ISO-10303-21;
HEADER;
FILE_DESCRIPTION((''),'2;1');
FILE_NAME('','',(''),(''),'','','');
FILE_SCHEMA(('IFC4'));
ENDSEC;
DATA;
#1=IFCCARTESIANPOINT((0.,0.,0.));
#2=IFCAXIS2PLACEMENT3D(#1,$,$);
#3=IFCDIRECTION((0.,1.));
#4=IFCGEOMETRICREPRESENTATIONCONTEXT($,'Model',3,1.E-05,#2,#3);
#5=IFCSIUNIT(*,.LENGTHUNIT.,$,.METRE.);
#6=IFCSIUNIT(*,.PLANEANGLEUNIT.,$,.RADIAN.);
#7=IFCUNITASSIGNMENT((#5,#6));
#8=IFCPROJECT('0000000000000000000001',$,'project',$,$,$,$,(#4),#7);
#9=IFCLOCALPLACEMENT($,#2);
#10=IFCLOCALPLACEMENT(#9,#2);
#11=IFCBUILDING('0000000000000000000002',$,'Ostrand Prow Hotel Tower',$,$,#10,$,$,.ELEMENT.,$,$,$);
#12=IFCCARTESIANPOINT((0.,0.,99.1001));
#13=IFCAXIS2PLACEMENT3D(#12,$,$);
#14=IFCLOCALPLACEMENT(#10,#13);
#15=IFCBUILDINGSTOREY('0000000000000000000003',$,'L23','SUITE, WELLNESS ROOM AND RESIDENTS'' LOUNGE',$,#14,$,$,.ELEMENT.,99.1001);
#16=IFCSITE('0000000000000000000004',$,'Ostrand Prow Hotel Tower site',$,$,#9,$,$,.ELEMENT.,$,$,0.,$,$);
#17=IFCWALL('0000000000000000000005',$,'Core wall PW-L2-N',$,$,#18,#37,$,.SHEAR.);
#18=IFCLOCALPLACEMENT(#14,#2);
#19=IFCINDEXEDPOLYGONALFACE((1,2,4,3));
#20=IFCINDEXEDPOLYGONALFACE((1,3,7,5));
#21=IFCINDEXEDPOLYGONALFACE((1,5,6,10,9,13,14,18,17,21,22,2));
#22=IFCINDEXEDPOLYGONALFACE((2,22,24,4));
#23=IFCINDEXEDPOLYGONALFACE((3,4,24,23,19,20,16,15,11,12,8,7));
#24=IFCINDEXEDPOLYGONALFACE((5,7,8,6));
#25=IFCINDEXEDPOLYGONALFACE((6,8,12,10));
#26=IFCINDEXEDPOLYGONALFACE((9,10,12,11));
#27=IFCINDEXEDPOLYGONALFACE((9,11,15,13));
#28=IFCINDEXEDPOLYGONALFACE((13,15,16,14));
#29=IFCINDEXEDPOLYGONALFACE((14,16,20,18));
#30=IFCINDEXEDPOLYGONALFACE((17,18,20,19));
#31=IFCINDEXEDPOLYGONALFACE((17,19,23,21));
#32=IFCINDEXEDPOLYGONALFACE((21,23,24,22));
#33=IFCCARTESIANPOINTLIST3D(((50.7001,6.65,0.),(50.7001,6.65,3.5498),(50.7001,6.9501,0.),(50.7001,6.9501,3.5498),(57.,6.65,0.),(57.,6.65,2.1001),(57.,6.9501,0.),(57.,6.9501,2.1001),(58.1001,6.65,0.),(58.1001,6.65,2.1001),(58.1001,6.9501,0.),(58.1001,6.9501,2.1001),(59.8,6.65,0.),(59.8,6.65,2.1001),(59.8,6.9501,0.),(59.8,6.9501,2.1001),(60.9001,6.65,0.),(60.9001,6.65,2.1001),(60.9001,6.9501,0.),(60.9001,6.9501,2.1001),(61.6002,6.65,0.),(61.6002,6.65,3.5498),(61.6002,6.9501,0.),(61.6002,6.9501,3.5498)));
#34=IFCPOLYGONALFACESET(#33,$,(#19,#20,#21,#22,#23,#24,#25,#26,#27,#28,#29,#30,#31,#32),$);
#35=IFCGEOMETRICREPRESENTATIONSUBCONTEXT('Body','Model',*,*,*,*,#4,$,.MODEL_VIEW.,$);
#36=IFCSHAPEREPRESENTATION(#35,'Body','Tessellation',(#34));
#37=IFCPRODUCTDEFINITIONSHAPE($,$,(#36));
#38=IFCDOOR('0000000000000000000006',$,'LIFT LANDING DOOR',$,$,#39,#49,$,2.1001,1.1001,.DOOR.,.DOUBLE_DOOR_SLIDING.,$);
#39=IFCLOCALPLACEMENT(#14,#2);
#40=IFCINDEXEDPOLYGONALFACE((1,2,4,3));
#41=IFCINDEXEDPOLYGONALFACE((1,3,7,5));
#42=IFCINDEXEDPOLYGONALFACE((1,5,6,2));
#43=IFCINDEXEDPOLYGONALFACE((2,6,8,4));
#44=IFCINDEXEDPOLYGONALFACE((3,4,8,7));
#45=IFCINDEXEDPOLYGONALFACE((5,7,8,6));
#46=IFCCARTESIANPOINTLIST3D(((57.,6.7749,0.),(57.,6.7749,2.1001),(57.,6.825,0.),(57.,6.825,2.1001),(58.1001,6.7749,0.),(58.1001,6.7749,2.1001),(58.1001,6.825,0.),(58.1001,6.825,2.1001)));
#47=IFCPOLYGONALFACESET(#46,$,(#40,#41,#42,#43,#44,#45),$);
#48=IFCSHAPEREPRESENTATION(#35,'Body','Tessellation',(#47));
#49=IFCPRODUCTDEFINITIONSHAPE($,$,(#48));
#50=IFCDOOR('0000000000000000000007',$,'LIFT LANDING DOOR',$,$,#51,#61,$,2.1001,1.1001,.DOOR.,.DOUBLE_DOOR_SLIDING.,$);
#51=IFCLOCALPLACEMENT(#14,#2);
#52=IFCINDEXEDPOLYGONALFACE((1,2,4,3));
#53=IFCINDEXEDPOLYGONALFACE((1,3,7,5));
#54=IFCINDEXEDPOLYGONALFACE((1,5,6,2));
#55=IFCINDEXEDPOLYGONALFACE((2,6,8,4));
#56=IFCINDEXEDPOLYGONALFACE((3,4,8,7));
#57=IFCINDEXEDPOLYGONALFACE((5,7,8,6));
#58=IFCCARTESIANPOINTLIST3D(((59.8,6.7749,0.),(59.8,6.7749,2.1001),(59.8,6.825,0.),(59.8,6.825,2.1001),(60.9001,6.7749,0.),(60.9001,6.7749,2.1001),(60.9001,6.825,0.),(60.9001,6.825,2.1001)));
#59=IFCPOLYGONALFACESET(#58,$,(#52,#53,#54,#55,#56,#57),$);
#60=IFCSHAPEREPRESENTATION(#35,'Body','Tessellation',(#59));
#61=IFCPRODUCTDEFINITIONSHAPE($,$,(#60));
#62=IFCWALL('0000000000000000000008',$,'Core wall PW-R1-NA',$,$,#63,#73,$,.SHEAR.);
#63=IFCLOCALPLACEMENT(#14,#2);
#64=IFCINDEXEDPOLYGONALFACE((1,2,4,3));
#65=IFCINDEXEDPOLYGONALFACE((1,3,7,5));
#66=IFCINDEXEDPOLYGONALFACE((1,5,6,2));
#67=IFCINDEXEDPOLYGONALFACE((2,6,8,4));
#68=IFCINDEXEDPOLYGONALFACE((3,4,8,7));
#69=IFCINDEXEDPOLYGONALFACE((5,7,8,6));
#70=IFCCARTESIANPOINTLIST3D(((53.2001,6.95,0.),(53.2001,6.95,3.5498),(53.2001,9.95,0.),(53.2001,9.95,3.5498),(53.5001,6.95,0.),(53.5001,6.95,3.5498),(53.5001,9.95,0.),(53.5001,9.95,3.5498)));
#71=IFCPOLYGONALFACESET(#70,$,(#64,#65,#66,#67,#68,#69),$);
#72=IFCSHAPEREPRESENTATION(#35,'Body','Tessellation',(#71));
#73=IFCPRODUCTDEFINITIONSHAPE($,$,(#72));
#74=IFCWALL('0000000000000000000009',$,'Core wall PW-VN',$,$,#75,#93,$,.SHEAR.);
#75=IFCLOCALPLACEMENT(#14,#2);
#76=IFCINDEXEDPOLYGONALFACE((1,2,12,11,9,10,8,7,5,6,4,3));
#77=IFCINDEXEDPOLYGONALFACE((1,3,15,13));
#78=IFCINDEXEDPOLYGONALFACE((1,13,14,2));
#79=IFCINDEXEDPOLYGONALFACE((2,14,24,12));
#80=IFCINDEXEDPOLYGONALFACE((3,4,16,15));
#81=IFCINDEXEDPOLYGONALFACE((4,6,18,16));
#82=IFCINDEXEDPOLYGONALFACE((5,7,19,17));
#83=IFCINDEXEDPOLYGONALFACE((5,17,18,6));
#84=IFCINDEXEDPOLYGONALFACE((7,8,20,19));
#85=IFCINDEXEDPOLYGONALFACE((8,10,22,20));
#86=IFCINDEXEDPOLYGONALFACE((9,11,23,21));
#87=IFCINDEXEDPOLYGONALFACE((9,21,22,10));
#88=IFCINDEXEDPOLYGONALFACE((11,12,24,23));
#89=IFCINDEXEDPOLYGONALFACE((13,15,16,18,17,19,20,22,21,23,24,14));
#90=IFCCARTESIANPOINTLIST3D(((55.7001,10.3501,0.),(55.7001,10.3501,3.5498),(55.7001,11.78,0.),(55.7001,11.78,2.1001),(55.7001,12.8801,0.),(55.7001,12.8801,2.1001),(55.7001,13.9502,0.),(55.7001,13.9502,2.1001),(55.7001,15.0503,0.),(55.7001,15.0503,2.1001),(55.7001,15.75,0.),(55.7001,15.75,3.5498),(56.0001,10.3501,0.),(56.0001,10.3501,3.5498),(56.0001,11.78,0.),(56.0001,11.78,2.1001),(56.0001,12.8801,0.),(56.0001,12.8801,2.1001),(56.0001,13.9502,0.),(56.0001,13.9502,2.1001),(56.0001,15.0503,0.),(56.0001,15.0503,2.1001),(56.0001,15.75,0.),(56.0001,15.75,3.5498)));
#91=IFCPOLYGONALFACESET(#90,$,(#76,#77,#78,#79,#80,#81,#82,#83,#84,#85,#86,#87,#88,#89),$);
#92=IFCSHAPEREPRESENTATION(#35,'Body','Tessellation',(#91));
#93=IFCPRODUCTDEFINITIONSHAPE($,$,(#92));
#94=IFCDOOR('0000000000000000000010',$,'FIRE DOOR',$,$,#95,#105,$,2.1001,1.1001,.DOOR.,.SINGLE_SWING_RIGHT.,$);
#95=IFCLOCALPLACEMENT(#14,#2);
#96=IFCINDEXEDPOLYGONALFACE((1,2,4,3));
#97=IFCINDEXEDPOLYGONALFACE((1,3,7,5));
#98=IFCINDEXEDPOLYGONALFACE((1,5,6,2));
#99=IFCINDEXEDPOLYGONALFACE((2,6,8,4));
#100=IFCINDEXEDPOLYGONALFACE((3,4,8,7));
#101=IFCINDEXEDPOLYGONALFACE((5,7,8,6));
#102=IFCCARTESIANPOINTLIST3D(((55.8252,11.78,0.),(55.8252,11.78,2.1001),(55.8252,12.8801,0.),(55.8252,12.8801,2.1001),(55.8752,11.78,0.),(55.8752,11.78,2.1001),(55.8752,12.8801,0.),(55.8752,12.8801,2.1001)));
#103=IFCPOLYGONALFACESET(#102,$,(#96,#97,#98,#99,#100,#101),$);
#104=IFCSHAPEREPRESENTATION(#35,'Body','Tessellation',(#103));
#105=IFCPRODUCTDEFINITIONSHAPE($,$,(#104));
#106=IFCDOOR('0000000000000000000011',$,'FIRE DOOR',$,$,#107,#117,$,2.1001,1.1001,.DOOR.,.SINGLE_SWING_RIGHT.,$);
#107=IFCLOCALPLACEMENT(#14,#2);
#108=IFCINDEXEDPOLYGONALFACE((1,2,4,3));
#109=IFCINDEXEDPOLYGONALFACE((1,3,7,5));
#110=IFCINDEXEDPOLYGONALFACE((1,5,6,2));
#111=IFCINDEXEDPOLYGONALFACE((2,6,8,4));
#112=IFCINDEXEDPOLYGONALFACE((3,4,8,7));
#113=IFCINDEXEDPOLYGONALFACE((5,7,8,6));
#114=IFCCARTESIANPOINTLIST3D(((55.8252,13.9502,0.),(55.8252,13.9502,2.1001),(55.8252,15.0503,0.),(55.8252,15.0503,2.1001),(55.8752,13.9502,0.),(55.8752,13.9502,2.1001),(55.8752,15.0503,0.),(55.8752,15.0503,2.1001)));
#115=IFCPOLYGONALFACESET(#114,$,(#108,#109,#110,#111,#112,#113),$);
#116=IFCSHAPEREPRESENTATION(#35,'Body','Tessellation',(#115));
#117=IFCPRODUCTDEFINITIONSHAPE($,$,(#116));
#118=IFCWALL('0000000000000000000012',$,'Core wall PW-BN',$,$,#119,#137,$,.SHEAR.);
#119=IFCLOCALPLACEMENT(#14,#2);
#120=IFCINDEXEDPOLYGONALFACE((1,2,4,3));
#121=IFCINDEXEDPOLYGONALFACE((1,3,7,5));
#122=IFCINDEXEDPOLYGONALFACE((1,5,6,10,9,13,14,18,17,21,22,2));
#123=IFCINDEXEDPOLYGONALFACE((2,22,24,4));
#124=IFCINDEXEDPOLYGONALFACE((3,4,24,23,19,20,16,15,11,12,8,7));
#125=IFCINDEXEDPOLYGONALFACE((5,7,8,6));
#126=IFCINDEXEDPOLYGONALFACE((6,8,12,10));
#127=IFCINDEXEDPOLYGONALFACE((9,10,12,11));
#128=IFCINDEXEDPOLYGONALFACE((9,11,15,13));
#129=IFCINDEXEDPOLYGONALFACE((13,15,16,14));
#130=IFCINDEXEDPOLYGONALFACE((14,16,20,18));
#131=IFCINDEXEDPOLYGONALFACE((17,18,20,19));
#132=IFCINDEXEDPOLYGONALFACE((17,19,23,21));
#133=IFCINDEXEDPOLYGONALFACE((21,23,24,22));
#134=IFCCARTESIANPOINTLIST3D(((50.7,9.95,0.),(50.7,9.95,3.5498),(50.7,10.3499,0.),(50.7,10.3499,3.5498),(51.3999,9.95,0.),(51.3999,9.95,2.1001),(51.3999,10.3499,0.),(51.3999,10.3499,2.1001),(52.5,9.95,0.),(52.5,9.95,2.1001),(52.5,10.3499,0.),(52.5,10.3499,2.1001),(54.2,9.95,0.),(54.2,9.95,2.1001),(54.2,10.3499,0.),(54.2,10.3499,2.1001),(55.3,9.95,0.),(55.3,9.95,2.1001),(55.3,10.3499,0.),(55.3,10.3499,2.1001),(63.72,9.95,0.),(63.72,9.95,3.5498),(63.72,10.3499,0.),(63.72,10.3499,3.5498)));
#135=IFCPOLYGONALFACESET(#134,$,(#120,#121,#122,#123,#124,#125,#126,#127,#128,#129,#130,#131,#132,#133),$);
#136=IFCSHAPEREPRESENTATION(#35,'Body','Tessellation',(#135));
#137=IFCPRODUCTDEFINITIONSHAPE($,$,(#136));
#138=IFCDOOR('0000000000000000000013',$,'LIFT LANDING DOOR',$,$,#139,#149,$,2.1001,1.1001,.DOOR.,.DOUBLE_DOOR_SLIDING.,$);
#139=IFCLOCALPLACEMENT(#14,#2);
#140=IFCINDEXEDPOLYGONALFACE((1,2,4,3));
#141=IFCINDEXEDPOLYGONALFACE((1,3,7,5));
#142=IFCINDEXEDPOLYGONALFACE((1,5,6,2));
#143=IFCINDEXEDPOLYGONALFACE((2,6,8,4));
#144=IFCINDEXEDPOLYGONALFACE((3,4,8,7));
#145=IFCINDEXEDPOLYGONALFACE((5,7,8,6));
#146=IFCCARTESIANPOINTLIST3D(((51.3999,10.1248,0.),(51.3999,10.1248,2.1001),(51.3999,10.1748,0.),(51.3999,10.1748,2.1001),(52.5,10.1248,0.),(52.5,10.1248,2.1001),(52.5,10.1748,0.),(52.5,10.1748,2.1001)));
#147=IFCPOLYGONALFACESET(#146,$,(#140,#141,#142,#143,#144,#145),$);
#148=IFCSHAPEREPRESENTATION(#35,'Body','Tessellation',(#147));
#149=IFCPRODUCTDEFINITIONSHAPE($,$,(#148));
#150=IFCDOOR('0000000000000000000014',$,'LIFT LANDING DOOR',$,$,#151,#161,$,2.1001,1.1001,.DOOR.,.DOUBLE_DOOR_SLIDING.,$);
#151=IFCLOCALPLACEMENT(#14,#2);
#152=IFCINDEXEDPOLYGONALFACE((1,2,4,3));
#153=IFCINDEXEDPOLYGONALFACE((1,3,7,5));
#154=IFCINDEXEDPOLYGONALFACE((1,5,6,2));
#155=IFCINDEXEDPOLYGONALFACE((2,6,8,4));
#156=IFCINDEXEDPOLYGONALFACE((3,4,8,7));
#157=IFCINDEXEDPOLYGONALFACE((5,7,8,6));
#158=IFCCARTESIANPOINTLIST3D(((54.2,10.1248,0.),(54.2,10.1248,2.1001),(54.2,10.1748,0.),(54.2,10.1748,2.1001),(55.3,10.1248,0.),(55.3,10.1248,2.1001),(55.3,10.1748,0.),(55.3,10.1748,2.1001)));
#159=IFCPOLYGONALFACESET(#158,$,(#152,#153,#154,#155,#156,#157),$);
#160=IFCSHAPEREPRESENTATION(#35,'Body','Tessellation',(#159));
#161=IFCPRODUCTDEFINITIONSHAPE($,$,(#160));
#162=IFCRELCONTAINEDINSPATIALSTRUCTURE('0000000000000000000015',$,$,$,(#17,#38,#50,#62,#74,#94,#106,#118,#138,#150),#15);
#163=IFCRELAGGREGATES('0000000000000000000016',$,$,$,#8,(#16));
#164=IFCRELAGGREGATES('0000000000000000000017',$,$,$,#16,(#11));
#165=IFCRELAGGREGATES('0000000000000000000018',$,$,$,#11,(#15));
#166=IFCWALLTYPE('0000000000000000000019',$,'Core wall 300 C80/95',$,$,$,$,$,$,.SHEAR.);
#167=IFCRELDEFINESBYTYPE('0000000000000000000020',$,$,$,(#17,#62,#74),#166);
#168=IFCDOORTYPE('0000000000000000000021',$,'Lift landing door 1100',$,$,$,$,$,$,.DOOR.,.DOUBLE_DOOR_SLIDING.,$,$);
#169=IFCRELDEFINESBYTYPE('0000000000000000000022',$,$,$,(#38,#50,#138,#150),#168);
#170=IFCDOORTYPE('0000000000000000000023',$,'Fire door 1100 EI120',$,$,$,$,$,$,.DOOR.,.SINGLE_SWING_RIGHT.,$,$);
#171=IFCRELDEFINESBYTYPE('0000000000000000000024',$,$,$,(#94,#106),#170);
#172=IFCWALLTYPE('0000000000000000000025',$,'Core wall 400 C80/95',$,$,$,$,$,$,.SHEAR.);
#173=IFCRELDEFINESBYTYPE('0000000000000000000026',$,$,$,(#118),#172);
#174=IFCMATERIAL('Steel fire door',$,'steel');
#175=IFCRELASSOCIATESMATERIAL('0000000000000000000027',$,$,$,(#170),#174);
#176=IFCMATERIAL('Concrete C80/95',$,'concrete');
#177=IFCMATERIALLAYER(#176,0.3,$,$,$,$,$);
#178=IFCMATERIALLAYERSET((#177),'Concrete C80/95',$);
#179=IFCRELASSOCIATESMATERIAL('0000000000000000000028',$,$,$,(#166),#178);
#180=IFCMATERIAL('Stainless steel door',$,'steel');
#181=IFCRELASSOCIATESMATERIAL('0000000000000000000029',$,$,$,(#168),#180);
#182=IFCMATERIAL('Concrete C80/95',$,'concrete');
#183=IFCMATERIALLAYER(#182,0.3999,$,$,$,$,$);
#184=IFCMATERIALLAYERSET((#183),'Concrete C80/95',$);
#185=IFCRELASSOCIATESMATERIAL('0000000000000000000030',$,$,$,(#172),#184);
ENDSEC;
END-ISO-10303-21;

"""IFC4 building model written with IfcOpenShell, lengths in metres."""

from ifc_helpers import new_model, si_unit, direction, frame, frame_2d, origin, place, context, subcontext, project, spatial, rectangle, extrude, material, layer, layer_set, type_object, element, fill, save


model = new_model("IFC4")

# Units and contexts
model_context = context("Model", 3, precision=1e-05, world=origin(), true_north=direction((0.0, 1.0)))
body_context = subcontext(model_context, "Body", "Model", "MODEL_VIEW")
ifc_project = project(units=[si_unit("LENGTHUNIT", "METRE"), si_unit("PLANEANGLEUNIT", "RADIAN")], contexts=[model_context])

# Site, building, storey
site_placement = place(None, origin())
site = spatial("IfcSite", under=ifc_project, at=site_placement, Name="Ostrand Prow Hotel Tower site", CompositionType="ELEMENT", RefElevation=0.0)
building_placement = place(site_placement, origin())
building = spatial("IfcBuilding", under=site, at=building_placement, Name="Ostrand Prow Hotel Tower", CompositionType="ELEMENT")
storey_placement = place(building_placement, frame((0.0, 0.0, 99.1001)))
storey = spatial("IfcBuildingStorey", under=building, at=storey_placement, Name="L23", Description="SUITE, WELLNESS ROOM AND RESIDENTS' LOUNGE", CompositionType="ELEMENT", Elevation=99.1001)

# Shared definitions
ifc_material_1 = material(Name="Steel fire door", Category="steel")
door_type_1 = type_object("IfcDoorType", Name="Fire door 1100 EI120", OperationType="SINGLE_SWING_RIGHT", PredefinedType="DOOR", material=ifc_material_1)

# Wall, openings, doors
ifc_material_2 = material(Name="Concrete C80/95", Category="concrete")
ifc_layer_1 = layer(ifc_material_2, 0.3)
ifc_layer_set_1 = layer_set([ifc_layer_1], Name="Concrete C80/95")
wall_type_1 = type_object("IfcWallType", Name="Core wall 300 C80/95", PredefinedType="SHEAR", material=ifc_layer_set_1)
wall_1_placement = place(storey_placement, frame((50.7, 6.8, 0.0), z_axis=(0.0, 0.0, 1.0), x_axis=(1.0, 0.0, 0.0)))
wall_1 = element("IfcWall", 1, at=wall_1_placement, inside=storey, type_object=wall_type_1, Name="Core wall PW-L2-N", PredefinedType="SHEAR", context=body_context, shape_type="SweptSolid", body=[
    extrude(rectangle(XDim=10.9001, YDim=0.3, at=frame_2d((5.4502, 0.0))), origin(), (0.0, 0.0, 1.0), 3.5498),
])
opening_1_placement = place(wall_1_placement, frame((6.3, 0.0, 0.0)))
opening_1 = element("IfcOpeningElement", 2, at=opening_1_placement, cuts=wall_1, PredefinedType="OPENING", context=body_context, shape_type="SweptSolid", body=[
    extrude(rectangle(XDim=1.1001, YDim=2.1001, at=frame_2d((0.55, 1.05))), frame((0.0, 0.1599, 0.0), z_axis=(0.0, -1.0, 0.0), x_axis=(1.0, 0.0, 0.0)), (0.0, 0.0, 1.0), 0.3201),
])
opening_2_placement = place(wall_1_placement, frame((9.1001, 0.0, 0.0)))
opening_2 = element("IfcOpeningElement", 3, at=opening_2_placement, cuts=wall_1, PredefinedType="OPENING", context=body_context, shape_type="SweptSolid", body=[
    extrude(rectangle(XDim=1.1001, YDim=2.1001, at=frame_2d((0.55, 1.05))), frame((0.0, 0.1599, 0.0), z_axis=(0.0, -1.0, 0.0), x_axis=(1.0, 0.0, 0.0)), (0.0, 0.0, 1.0), 0.3201),
])
ifc_material_3 = material(Name="Stainless steel door", Category="steel")
door_type_2 = type_object("IfcDoorType", Name="Lift landing door 1100", OperationType="DOUBLE_DOOR_SLIDING", PredefinedType="DOOR", material=ifc_material_3)
door_1_placement = place(opening_1_placement, origin())
door_1 = element("IfcDoor", 4, at=door_1_placement, inside=storey, type_object=door_type_2, Name="LIFT LANDING DOOR", OperationType="DOUBLE_DOOR_SLIDING", OverallHeight=2.1001, OverallWidth=1.1001, PredefinedType="DOOR", context=body_context, shape_type="SweptSolid", body=[
    extrude(rectangle(XDim=1.1001, YDim=2.1001, at=frame_2d((0.55, 1.05))), frame((0.0, 0.0249, 0.0), z_axis=(0.0, -1.0, 0.0), x_axis=(1.0, 0.0, 0.0)), (0.0, 0.0, 1.0), 0.05),
])
fill(opening_1, door_1)
door_2_placement = place(opening_2_placement, origin())
door_2 = element("IfcDoor", 5, at=door_2_placement, inside=storey, type_object=door_type_2, Name="LIFT LANDING DOOR", OperationType="DOUBLE_DOOR_SLIDING", OverallHeight=2.1001, OverallWidth=1.1001, PredefinedType="DOOR", context=body_context, shape_type="SweptSolid", body=[
    extrude(rectangle(XDim=1.1001, YDim=2.1001, at=frame_2d((0.55, 1.05))), frame((0.0, 0.0249, 0.0), z_axis=(0.0, -1.0, 0.0), x_axis=(1.0, 0.0, 0.0)), (0.0, 0.0, 1.0), 0.05),
])
fill(opening_2, door_2)

# Wall
wall_2_placement = place(storey_placement, frame((53.3501, 6.95, 0.0), z_axis=(0.0, 0.0, 1.0), x_axis=(0.0, 1.0, 0.0)))
element("IfcWall", 6, at=wall_2_placement, inside=storey, type_object=wall_type_1, Name="Core wall PW-R1-NA", PredefinedType="SHEAR", context=body_context, shape_type="SweptSolid", body=[
    extrude(rectangle(XDim=3.0, YDim=0.3, at=frame_2d((1.5, 0.0))), origin(), (0.0, 0.0, 1.0), 3.5498),
])

# Walls, openings, doors
wall_3_placement = place(storey_placement, frame((55.8501, 10.3501, 0.0), z_axis=(0.0, 0.0, 1.0), x_axis=(0.0, 1.0, 0.0)))
wall_3 = element("IfcWall", 7, at=wall_3_placement, inside=storey, type_object=wall_type_1, Name="Core wall PW-VN", PredefinedType="SHEAR", context=body_context, shape_type="SweptSolid", body=[
    extrude(rectangle(XDim=5.3999, YDim=0.3, at=frame_2d((2.7, 0.0))), origin(), (0.0, 0.0, 1.0), 3.5498),
])
opening_3_placement = place(wall_3_placement, frame((1.4299, 0.0, 0.0)))
opening_3 = element("IfcOpeningElement", 8, at=opening_3_placement, cuts=wall_3, PredefinedType="OPENING", context=body_context, shape_type="SweptSolid", body=[
    extrude(rectangle(XDim=1.1001, YDim=2.1001, at=frame_2d((0.55, 1.05))), frame((0.0, 0.1599, 0.0), z_axis=(0.0, -1.0, 0.0), x_axis=(1.0, 0.0, 0.0)), (0.0, 0.0, 1.0), 0.3201),
])
opening_4_placement = place(wall_3_placement, frame((3.6001, 0.0, 0.0)))
opening_4 = element("IfcOpeningElement", 9, at=opening_4_placement, cuts=wall_3, PredefinedType="OPENING", context=body_context, shape_type="SweptSolid", body=[
    extrude(rectangle(XDim=1.1001, YDim=2.1001, at=frame_2d((0.55, 1.05))), frame((0.0, 0.1599, 0.0), z_axis=(0.0, -1.0, 0.0), x_axis=(1.0, 0.0, 0.0)), (0.0, 0.0, 1.0), 0.3201),
])
door_3_placement = place(opening_3_placement, origin())
door_3 = element("IfcDoor", 10, at=door_3_placement, inside=storey, type_object=door_type_1, Name="FIRE DOOR", OperationType="SINGLE_SWING_RIGHT", OverallHeight=2.1001, OverallWidth=1.1001, PredefinedType="DOOR", context=body_context, shape_type="SweptSolid", body=[
    extrude(rectangle(XDim=1.1001, YDim=2.1001, at=frame_2d((0.55, 1.05))), frame((0.0, 0.0249, 0.0), z_axis=(0.0, -1.0, 0.0), x_axis=(1.0, 0.0, 0.0)), (0.0, 0.0, 1.0), 0.05),
])
fill(opening_3, door_3)
door_4_placement = place(opening_4_placement, origin())
door_4 = element("IfcDoor", 11, at=door_4_placement, inside=storey, type_object=door_type_1, Name="FIRE DOOR", OperationType="SINGLE_SWING_RIGHT", OverallHeight=2.1001, OverallWidth=1.1001, PredefinedType="DOOR", context=body_context, shape_type="SweptSolid", body=[
    extrude(rectangle(XDim=1.1001, YDim=2.1001, at=frame_2d((0.55, 1.05))), frame((0.0, 0.0249, 0.0), z_axis=(0.0, -1.0, 0.0), x_axis=(1.0, 0.0, 0.0)), (0.0, 0.0, 1.0), 0.05),
])
fill(opening_4, door_4)
ifc_material_4 = material(Name="Concrete C80/95", Category="concrete")
ifc_layer_2 = layer(ifc_material_4, 0.3999)
ifc_layer_set_2 = layer_set([ifc_layer_2], Name="Concrete C80/95")
wall_type_2 = type_object("IfcWallType", Name="Core wall 400 C80/95", PredefinedType="SHEAR", material=ifc_layer_set_2)
wall_4_placement = place(storey_placement, frame((50.7, 10.1499, 0.0), z_axis=(0.0, 0.0, 1.0), x_axis=(1.0, 0.0, 0.0)))
wall_4 = element("IfcWall", 12, at=wall_4_placement, inside=storey, type_object=wall_type_2, Name="Core wall PW-BN", PredefinedType="SHEAR", context=body_context, shape_type="SweptSolid", body=[
    extrude(rectangle(XDim=13.02, YDim=0.3999, at=frame_2d((6.51, 0.0))), origin(), (0.0, 0.0, 1.0), 3.5498),
])
opening_5_placement = place(wall_4_placement, frame((0.7, 0.0, 0.0)))
opening_5 = element("IfcOpeningElement", 13, at=opening_5_placement, cuts=wall_4, PredefinedType="OPENING", context=body_context, shape_type="SweptSolid", body=[
    extrude(rectangle(XDim=1.1001, YDim=2.1001, at=frame_2d((0.55, 1.05))), frame((0.0, 0.21, 0.0), z_axis=(0.0, -1.0, 0.0), x_axis=(1.0, 0.0, 0.0)), (0.0, 0.0, 1.0), 0.4199),
])
opening_6_placement = place(wall_4_placement, frame((3.5, 0.0, 0.0)))
opening_6 = element("IfcOpeningElement", 14, at=opening_6_placement, cuts=wall_4, PredefinedType="OPENING", context=body_context, shape_type="SweptSolid", body=[
    extrude(rectangle(XDim=1.1001, YDim=2.1001, at=frame_2d((0.55, 1.05))), frame((0.0, 0.21, 0.0), z_axis=(0.0, -1.0, 0.0), x_axis=(1.0, 0.0, 0.0)), (0.0, 0.0, 1.0), 0.4199),
])
door_5_placement = place(opening_5_placement, origin())
door_5 = element("IfcDoor", 15, at=door_5_placement, inside=storey, type_object=door_type_2, Name="LIFT LANDING DOOR", OperationType="DOUBLE_DOOR_SLIDING", OverallHeight=2.1001, OverallWidth=1.1001, PredefinedType="DOOR", context=body_context, shape_type="SweptSolid", body=[
    extrude(rectangle(XDim=1.1001, YDim=2.1001, at=frame_2d((0.55, 1.05))), frame((0.0, 0.0249, 0.0), z_axis=(0.0, -1.0, 0.0), x_axis=(1.0, 0.0, 0.0)), (0.0, 0.0, 1.0), 0.05),
])
fill(opening_5, door_5)
door_6_placement = place(opening_6_placement, origin())
door_6 = element("IfcDoor", 16, at=door_6_placement, inside=storey, type_object=door_type_2, Name="LIFT LANDING DOOR", OperationType="DOUBLE_DOOR_SLIDING", OverallHeight=2.1001, OverallWidth=1.1001, PredefinedType="DOOR", context=body_context, shape_type="SweptSolid", body=[
    extrude(rectangle(XDim=1.1001, YDim=2.1001, at=frame_2d((0.55, 1.05))), frame((0.0, 0.0249, 0.0), z_axis=(0.0, -1.0, 0.0), x_axis=(1.0, 0.0, 0.0)), (0.0, 0.0, 1.0), 0.05),
])
fill(opening_6, door_6)

save(model, "model.ifc")
